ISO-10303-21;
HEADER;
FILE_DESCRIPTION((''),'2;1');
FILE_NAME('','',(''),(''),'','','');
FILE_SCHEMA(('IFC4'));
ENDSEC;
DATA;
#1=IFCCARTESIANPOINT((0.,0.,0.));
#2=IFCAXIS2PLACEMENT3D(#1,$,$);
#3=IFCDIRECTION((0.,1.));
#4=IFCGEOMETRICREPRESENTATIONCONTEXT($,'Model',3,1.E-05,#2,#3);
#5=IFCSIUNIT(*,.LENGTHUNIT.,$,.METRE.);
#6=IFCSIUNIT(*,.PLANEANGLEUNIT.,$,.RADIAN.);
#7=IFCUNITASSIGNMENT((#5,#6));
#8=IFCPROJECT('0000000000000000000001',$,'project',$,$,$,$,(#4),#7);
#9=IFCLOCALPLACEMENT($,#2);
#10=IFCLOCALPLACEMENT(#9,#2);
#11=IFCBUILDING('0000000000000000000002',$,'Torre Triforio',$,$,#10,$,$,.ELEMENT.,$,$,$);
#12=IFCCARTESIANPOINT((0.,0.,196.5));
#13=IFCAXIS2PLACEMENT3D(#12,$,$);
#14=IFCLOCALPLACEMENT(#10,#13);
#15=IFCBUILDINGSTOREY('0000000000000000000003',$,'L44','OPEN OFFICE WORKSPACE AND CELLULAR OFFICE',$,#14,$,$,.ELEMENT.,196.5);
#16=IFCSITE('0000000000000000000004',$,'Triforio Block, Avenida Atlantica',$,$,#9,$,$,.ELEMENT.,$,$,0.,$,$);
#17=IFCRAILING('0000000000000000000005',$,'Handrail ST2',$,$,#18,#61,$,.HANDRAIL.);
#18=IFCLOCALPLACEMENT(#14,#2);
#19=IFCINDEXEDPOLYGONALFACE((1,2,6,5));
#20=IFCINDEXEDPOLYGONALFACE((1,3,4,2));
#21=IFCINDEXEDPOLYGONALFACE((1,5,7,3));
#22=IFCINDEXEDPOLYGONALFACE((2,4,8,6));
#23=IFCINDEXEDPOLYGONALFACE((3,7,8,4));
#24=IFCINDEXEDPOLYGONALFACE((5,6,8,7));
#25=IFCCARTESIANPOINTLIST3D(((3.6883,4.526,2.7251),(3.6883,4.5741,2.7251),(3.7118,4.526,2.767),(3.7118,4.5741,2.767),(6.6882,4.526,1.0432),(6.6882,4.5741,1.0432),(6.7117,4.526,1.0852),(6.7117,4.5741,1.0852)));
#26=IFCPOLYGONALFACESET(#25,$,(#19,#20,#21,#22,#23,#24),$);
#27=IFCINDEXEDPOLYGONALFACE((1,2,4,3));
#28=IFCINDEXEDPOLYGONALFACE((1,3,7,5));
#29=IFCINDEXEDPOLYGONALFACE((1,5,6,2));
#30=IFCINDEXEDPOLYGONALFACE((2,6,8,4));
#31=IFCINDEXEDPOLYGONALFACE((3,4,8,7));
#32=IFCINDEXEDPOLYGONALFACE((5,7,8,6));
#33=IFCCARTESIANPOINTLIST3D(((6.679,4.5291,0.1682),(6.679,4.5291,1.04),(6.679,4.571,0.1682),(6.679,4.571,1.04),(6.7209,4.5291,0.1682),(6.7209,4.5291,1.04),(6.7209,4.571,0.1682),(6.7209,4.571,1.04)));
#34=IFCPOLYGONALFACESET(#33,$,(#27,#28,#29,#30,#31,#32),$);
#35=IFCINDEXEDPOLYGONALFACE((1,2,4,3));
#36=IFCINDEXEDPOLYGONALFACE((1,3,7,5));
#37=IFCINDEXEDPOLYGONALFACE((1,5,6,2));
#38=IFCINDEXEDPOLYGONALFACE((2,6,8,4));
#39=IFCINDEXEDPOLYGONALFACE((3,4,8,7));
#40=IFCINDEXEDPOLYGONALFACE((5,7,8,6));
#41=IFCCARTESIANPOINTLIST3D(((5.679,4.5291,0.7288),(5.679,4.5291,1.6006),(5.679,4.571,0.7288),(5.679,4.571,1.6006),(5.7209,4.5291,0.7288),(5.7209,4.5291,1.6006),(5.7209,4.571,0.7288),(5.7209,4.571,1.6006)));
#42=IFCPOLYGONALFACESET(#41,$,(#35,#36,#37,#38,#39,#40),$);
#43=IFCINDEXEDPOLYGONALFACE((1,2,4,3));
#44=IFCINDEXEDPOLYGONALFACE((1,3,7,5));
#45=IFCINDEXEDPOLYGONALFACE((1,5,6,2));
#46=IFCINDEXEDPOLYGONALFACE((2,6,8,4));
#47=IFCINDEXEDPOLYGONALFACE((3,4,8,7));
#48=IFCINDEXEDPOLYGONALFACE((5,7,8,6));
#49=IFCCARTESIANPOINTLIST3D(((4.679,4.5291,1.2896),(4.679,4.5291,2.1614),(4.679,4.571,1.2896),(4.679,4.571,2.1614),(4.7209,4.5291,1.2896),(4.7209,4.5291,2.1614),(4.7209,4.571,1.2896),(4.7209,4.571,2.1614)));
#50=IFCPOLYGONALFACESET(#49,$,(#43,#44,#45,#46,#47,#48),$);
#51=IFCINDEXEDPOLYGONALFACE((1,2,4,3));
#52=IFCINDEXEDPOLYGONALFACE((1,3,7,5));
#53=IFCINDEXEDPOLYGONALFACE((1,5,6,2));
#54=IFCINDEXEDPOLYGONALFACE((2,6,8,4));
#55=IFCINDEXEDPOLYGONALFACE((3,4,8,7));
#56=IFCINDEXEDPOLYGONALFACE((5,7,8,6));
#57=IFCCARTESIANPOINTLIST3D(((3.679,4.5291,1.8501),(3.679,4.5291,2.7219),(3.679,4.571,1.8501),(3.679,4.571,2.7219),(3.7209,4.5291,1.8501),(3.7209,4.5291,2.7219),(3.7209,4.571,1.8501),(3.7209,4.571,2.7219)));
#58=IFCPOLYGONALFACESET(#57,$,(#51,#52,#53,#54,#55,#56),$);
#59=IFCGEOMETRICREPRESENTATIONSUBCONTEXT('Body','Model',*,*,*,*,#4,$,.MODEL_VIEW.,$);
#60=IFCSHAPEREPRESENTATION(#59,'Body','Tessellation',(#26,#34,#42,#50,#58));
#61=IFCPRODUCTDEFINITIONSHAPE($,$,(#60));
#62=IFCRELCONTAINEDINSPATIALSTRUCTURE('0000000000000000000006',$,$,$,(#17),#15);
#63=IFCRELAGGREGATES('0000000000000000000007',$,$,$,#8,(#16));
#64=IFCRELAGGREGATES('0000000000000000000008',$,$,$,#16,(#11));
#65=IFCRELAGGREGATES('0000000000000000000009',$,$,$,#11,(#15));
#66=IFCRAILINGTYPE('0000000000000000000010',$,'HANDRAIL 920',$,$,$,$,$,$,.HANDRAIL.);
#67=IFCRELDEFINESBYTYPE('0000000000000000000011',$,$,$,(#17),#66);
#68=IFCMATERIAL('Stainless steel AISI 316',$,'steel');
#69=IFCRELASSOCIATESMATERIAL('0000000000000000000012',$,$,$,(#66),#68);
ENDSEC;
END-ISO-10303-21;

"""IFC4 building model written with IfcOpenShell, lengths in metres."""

from ifc_helpers import new_model, si_unit, direction, frame, origin, origin_2d, place, context, subcontext, project, spatial, rectangle, extrude, material, type_object, element, save


model = new_model("IFC4")

# Units and contexts
model_context = context("Model", 3, precision=1e-05, world=origin(), true_north=direction((0.0, 1.0)))
body_context = subcontext(model_context, "Body", "Model", "MODEL_VIEW")
ifc_project = project(units=[si_unit("LENGTHUNIT", "METRE"), si_unit("PLANEANGLEUNIT", "RADIAN")], contexts=[model_context])

# Site, building, storey
site_placement = place(None, origin())
site = spatial("IfcSite", under=ifc_project, at=site_placement, Name="Triforio Block, Avenida Atlantica", CompositionType="ELEMENT", RefElevation=0.0)
building_placement = place(site_placement, origin())
building = spatial("IfcBuilding", under=site, at=building_placement, Name="Torre Triforio", CompositionType="ELEMENT")
storey_placement = place(building_placement, frame((0.0, 0.0, 196.5)))
storey = spatial("IfcBuildingStorey", under=building, at=storey_placement, Name="L44", Description="OPEN OFFICE WORKSPACE AND CELLULAR OFFICE", CompositionType="ELEMENT", Elevation=196.5)

# Railing
ifc_material_1 = material(Name="Stainless steel AISI 316", Category="steel")
railing_type = type_object("IfcRailingType", Name="HANDRAIL 920", PredefinedType="HANDRAIL", material=ifc_material_1)
railing_placement = place(storey_placement, frame((6.7, 4.55, 0.1682)))
element("IfcRailing", 1, at=railing_placement, inside=storey, type_object=railing_type, Name="Handrail ST2", PredefinedType="HANDRAIL", context=body_context, shape_type="SweptSolid", body=[
    extrude(rectangle(XDim=0.0481, YDim=0.0481, at=origin_2d()), frame((0.0, 0.0, 0.896), z_axis=(-0.872272, 0.0, 0.48902), x_axis=(0.0, -1.0, 0.0)), (0.0, 0.0, 1.0), 3.4392),
    extrude(rectangle(XDim=0.042, YDim=0.042, at=origin_2d()), origin(), (0.0, 0.0, 1.0), 0.8718),
    extrude(rectangle(XDim=0.042, YDim=0.042, at=origin_2d()), frame((-1.0, 0.0, 0.5605)), (0.0, 0.0, 1.0), 0.8718),
    extrude(rectangle(XDim=0.042, YDim=0.042, at=origin_2d()), frame((-2.0, 0.0, 1.1213)), (0.0, 0.0, 1.0), 0.8718),
    extrude(rectangle(XDim=0.042, YDim=0.042, at=origin_2d()), frame((-3.0, 0.0, 1.6819)), (0.0, 0.0, 1.0), 0.8718),
])

save(model, "model.ifc")
